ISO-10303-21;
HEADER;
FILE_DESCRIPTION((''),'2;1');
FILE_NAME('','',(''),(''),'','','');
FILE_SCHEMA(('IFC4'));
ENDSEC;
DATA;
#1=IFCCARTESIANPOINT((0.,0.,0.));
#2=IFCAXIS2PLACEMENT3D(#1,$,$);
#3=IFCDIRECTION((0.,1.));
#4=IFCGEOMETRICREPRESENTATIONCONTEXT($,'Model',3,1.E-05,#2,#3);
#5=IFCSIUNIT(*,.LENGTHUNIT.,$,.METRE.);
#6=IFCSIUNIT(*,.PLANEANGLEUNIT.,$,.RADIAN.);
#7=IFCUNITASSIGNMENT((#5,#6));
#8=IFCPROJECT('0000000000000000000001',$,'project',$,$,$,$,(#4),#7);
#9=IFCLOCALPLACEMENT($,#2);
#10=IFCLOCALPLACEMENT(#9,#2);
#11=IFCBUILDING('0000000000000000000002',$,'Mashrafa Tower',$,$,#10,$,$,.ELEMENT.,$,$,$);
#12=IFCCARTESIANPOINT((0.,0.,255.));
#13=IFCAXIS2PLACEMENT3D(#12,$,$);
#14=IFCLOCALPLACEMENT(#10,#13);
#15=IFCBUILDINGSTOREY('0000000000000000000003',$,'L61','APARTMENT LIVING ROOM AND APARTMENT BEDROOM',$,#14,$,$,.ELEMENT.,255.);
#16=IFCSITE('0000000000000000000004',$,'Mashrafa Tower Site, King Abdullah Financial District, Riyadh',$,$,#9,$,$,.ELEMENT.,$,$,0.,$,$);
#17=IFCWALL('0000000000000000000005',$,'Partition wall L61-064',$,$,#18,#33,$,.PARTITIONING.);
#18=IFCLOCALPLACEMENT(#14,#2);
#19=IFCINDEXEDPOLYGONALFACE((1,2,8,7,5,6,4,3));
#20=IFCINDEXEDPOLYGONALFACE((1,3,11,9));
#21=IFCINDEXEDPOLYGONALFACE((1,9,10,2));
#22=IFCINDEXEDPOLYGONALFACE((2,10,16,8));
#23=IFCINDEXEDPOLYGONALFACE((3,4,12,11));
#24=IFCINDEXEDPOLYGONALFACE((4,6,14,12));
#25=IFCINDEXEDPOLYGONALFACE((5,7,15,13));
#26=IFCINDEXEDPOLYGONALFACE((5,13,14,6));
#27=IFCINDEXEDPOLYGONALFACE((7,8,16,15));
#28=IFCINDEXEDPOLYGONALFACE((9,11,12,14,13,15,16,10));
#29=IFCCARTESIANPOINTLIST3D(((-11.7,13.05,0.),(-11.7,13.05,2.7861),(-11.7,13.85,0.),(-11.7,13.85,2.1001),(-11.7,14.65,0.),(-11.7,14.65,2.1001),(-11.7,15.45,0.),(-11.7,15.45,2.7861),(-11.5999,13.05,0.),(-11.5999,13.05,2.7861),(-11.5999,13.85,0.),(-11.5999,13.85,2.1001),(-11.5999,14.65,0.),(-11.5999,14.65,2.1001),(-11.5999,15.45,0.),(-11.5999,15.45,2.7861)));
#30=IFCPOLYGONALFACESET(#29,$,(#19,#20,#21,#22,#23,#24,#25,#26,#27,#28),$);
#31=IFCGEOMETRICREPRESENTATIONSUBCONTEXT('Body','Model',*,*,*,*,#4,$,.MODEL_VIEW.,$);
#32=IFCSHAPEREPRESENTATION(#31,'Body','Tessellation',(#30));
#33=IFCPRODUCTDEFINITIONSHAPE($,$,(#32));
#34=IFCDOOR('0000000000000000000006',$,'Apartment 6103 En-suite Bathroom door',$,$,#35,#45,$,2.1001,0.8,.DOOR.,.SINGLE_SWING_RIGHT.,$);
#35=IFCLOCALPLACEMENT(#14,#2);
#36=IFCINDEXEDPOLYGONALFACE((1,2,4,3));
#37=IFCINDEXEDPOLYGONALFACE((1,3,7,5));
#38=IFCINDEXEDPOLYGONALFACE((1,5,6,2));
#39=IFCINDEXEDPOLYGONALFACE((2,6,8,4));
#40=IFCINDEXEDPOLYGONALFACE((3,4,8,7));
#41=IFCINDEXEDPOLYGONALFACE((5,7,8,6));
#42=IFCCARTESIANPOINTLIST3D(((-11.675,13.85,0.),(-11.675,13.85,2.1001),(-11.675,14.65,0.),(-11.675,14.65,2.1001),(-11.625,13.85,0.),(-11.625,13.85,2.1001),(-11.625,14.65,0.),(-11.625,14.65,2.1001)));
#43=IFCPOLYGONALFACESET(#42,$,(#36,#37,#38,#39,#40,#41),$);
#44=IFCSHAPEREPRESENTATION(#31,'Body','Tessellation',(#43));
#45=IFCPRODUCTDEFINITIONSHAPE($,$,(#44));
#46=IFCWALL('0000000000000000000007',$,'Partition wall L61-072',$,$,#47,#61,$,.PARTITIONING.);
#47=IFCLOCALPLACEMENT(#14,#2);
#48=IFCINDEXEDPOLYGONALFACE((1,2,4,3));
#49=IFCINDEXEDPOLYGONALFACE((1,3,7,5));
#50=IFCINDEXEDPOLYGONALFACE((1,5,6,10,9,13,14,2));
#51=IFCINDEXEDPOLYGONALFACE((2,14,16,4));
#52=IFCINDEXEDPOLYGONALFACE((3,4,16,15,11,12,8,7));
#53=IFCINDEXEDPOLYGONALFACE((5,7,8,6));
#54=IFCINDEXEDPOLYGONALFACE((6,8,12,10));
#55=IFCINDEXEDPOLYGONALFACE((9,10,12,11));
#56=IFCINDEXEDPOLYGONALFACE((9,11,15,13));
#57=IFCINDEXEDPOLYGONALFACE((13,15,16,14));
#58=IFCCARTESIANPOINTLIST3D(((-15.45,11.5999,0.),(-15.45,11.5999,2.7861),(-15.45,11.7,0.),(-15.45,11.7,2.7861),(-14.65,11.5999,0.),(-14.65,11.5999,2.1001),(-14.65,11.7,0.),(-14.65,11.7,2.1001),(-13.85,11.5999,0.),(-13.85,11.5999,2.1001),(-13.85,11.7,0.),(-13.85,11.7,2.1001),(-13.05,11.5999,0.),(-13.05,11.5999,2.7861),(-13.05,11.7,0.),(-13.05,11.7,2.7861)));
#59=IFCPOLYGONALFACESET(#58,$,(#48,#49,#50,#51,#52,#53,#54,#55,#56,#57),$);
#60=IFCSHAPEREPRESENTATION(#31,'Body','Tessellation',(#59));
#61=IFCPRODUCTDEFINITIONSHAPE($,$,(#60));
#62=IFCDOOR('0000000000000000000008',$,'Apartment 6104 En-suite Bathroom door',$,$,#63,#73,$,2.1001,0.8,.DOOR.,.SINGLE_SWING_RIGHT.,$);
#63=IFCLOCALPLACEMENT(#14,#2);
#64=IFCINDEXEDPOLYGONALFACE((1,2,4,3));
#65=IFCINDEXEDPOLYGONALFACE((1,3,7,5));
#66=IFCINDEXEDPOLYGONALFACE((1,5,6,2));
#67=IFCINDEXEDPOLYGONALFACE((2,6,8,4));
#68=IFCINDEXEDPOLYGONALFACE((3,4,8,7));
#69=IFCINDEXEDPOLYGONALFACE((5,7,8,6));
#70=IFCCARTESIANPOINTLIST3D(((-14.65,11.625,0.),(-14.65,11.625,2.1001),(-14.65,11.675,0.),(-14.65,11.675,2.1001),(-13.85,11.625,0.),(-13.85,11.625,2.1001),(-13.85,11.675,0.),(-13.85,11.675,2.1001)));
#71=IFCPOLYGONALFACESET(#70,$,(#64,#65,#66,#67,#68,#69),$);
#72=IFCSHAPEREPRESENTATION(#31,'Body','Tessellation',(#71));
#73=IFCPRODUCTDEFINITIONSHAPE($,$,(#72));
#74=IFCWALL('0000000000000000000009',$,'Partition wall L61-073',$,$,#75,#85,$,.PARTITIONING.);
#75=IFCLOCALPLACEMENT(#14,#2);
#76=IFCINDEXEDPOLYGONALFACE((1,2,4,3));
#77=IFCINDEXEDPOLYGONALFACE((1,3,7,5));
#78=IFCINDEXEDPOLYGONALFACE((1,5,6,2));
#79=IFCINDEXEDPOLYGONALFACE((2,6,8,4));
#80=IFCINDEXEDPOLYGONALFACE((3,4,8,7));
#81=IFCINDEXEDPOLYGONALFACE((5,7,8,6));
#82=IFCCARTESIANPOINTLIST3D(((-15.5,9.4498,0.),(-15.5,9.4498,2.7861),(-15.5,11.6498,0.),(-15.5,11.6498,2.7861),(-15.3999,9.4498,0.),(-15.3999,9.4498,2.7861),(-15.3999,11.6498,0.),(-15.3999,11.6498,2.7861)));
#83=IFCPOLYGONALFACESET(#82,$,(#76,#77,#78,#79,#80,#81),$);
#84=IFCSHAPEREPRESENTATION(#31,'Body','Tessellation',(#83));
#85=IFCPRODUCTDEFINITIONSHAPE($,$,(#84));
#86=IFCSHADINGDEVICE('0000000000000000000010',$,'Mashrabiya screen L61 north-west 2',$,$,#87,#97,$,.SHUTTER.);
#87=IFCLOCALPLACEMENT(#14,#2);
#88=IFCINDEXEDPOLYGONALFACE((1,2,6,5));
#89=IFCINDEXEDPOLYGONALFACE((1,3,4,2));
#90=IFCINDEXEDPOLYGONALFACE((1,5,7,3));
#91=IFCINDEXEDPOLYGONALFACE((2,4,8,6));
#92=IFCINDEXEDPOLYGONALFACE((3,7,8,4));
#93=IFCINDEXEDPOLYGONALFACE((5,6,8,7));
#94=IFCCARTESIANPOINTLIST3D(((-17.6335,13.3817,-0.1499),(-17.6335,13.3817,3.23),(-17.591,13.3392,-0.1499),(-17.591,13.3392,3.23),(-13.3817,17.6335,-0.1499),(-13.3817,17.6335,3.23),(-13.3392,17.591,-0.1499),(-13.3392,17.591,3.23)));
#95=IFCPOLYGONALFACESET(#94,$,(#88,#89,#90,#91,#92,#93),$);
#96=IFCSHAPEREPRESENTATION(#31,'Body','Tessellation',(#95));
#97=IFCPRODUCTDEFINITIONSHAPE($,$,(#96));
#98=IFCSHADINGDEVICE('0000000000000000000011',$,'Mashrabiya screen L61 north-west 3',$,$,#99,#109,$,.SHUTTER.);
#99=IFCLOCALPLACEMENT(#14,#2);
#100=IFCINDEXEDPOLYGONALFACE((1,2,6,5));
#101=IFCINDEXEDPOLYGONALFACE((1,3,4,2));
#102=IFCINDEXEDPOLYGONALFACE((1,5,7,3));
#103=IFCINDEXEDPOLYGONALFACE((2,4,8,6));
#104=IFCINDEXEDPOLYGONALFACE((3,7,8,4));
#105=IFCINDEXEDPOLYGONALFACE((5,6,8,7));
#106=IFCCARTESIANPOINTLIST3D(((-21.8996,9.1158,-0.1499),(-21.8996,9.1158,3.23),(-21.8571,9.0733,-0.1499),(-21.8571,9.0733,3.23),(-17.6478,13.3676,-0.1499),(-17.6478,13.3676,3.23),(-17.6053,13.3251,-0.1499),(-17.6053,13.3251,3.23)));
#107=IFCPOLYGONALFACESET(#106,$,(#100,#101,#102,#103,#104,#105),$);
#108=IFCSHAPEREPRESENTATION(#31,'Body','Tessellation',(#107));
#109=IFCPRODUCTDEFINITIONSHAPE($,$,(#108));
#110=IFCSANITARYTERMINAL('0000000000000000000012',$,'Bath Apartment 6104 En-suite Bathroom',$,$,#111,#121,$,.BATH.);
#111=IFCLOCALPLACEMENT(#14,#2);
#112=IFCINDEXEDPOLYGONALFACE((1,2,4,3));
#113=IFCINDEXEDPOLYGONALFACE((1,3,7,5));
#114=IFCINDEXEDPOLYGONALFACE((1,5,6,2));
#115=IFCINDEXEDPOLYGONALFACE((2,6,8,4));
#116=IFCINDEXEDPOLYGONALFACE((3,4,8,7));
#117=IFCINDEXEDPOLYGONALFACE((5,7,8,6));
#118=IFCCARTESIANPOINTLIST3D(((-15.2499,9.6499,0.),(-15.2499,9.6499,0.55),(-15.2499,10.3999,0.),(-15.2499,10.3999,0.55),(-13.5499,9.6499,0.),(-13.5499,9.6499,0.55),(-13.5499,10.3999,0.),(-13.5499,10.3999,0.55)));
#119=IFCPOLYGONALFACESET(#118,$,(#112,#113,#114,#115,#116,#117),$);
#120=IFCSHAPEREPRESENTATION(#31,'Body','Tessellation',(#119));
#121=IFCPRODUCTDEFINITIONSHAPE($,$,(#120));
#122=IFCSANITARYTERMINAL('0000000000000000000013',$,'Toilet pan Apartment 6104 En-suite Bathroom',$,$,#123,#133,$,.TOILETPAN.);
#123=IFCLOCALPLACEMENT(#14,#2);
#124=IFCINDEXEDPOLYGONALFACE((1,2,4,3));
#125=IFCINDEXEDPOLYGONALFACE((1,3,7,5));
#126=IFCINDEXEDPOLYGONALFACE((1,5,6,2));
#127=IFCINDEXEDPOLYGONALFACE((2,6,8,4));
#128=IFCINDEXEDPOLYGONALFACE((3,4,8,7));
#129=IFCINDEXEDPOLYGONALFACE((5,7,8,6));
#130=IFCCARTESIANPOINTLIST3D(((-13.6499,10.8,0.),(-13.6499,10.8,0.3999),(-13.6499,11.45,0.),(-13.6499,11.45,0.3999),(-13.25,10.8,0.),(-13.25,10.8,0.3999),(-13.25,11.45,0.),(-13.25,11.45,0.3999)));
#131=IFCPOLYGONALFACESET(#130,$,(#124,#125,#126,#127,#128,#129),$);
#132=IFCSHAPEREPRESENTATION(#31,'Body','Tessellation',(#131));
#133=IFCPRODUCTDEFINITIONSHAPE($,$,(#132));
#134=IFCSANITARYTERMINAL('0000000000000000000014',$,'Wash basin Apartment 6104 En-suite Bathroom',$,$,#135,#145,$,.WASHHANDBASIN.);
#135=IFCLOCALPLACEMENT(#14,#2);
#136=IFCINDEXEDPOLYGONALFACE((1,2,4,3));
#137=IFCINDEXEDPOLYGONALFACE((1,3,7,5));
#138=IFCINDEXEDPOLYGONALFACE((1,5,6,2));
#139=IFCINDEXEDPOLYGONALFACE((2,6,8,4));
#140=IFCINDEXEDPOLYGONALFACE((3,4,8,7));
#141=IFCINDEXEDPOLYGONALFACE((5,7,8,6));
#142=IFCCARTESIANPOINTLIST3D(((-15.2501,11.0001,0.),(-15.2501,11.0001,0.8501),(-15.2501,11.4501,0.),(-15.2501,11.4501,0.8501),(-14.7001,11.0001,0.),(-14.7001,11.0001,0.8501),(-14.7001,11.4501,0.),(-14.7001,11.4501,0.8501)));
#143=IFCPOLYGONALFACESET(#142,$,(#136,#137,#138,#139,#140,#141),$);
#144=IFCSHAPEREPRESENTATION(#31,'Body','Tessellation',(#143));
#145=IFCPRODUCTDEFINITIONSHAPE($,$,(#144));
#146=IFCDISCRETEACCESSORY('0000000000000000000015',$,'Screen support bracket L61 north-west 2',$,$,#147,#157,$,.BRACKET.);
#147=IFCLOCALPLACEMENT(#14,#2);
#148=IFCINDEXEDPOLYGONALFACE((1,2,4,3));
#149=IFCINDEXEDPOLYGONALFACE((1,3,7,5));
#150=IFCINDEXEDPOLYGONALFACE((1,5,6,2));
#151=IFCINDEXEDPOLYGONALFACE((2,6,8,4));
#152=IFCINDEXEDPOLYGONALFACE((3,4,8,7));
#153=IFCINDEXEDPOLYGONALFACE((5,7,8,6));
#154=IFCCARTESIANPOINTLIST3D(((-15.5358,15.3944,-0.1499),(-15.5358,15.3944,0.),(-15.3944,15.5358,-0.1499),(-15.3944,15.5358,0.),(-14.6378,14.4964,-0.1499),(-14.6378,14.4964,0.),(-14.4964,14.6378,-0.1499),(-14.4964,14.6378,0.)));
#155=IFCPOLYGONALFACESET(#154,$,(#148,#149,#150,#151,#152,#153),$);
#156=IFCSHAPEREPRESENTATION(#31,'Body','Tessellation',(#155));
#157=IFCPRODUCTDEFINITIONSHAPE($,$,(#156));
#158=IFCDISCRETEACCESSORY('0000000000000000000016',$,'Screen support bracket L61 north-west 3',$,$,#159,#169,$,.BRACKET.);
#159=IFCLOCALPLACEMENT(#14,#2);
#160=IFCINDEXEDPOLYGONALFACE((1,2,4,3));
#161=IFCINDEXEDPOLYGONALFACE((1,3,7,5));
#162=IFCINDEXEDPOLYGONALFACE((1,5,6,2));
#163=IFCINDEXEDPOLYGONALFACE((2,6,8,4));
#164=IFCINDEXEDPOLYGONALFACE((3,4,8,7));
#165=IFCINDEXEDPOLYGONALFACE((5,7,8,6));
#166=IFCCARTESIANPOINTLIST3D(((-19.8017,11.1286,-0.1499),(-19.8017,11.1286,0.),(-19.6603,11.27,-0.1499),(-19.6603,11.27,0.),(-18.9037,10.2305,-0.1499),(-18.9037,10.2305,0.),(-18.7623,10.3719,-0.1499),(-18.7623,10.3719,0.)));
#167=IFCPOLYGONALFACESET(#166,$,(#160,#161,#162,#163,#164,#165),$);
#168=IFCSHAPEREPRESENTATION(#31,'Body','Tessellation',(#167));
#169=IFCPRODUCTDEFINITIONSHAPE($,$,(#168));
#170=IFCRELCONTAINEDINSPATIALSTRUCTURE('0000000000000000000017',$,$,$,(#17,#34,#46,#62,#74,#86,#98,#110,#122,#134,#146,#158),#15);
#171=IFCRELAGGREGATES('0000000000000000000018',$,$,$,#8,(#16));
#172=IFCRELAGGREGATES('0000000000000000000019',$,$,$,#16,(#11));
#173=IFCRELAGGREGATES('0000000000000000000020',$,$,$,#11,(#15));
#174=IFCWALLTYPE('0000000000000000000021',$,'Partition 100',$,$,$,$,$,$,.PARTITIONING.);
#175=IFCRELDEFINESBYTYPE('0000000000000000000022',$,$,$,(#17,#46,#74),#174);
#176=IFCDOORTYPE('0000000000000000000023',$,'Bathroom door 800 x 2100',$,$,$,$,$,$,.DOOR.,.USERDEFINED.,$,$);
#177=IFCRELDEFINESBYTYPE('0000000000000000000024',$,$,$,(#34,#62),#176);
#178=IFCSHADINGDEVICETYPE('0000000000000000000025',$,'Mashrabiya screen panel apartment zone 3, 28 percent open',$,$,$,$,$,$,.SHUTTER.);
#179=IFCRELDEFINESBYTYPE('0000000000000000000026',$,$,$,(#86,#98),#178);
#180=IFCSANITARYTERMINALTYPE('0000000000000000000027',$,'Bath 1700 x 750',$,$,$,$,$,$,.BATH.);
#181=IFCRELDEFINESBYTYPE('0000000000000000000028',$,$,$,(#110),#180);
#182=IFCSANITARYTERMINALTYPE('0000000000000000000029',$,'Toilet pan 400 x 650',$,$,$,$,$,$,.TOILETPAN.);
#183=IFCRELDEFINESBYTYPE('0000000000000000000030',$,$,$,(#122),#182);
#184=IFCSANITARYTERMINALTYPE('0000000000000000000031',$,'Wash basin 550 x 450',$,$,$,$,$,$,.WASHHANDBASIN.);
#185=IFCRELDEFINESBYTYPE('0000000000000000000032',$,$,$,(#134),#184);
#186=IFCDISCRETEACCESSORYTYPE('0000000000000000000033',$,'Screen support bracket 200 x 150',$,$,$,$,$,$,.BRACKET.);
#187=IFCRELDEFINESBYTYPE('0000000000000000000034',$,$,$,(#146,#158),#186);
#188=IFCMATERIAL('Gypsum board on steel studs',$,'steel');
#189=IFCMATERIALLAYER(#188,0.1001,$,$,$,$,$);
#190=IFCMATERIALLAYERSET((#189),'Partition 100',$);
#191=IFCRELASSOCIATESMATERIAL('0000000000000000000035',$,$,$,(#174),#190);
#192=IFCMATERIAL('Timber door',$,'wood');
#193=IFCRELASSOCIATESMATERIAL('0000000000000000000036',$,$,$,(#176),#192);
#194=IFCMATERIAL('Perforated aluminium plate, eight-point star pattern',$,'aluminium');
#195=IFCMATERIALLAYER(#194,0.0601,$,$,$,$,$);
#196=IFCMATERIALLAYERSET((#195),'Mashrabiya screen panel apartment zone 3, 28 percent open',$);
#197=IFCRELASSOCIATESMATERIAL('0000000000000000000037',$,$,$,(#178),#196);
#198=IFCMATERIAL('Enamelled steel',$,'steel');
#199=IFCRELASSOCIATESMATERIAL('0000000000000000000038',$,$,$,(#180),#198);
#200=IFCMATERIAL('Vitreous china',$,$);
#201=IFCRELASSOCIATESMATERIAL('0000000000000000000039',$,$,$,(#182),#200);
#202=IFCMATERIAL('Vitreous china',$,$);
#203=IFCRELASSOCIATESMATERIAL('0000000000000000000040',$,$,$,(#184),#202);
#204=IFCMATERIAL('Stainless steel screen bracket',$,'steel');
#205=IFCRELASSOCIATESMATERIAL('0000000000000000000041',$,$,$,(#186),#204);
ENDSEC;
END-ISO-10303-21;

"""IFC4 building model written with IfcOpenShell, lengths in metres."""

from ifc_helpers import new_model, si_unit, direction, frame, frame_2d, origin, origin_2d, place, context, subcontext, project, spatial, rectangle, extrude, source, transform, mapped, material, layer, layer_set, type_object, type_shapes, element, fill, save


model = new_model("IFC4")

# Units and contexts
model_context = context("Model", 3, precision=1e-05, world=origin(), true_north=direction((0.0, 1.0)))
body_context = subcontext(model_context, "Body", "Model", "MODEL_VIEW")
ifc_project = project(units=[si_unit("LENGTHUNIT", "METRE"), si_unit("PLANEANGLEUNIT", "RADIAN")], contexts=[model_context])

# Site, building, storey
site_placement = place(None, origin())
site = spatial("IfcSite", under=ifc_project, at=site_placement, Name="Mashrafa Tower Site, King Abdullah Financial District, Riyadh", CompositionType="ELEMENT", RefElevation=0.0)
building_placement = place(site_placement, origin())
building = spatial("IfcBuilding", under=site, at=building_placement, Name="Mashrafa Tower", CompositionType="ELEMENT")
storey_placement = place(building_placement, frame((0.0, 0.0, 255.0)))
storey = spatial("IfcBuildingStorey", under=building, at=storey_placement, Name="L61", Description="APARTMENT LIVING ROOM AND APARTMENT BEDROOM", CompositionType="ELEMENT", Elevation=255.0)

# Walls, openings, doors
ifc_material_1 = material(Name="Gypsum board on steel studs", Category="steel")
ifc_layer_1 = layer(ifc_material_1, 0.1001)
ifc_layer_set_1 = layer_set([ifc_layer_1], Name="Partition 100")
wall_type_1 = type_object("IfcWallType", Name="Partition 100", PredefinedType="PARTITIONING", material=ifc_layer_set_1)
wall_1_placement = place(storey_placement, frame((-11.6499, 15.45, 0.0), z_axis=(0.0, 0.0, 1.0), x_axis=(0.0, -1.0, 0.0)))
wall_1 = element("IfcWall", 1, at=wall_1_placement, inside=storey, type_object=wall_type_1, Name="Partition wall L61-064", PredefinedType="PARTITIONING", context=body_context, shape_type="SweptSolid", body=[
    extrude(rectangle(XDim=2.3999, YDim=0.1001, at=frame_2d((1.2, 0.0))), origin(), (0.0, 0.0, 1.0), 2.7861),
])
opening_1_placement = place(wall_1_placement, frame((0.8, 0.0, 0.0)))
opening_1 = element("IfcOpeningElement", 2, at=opening_1_placement, cuts=wall_1, PredefinedType="OPENING", context=body_context, shape_type="SweptSolid", body=[
    extrude(rectangle(XDim=0.8, YDim=2.1001, at=frame_2d((0.3999, 1.05))), frame((0.0, 0.0601, 0.0), z_axis=(0.0, -1.0, 0.0), x_axis=(1.0, 0.0, 0.0)), (0.0, 0.0, 1.0), 0.1201),
])
ifc_material_2 = material(Name="Timber door", Category="wood")
door_type = type_object("IfcDoorType", Name="Bathroom door 800 x 2100", OperationType="USERDEFINED", PredefinedType="DOOR", material=ifc_material_2)
door_1_placement = place(opening_1_placement, origin())
door_1 = element("IfcDoor", 3, at=door_1_placement, inside=storey, type_object=door_type, Name="Apartment 6103 En-suite Bathroom door", OperationType="SINGLE_SWING_RIGHT", OverallHeight=2.1001, OverallWidth=0.8, PredefinedType="DOOR", context=body_context, shape_type="SweptSolid", body=[
    extrude(rectangle(XDim=0.8, YDim=2.1001, at=frame_2d((0.3999, 1.05))), frame((0.0, 0.0249, 0.0), z_axis=(0.0, -1.0, 0.0), x_axis=(1.0, 0.0, 0.0)), (0.0, 0.0, 1.0), 0.05),
])
fill(opening_1, door_1)
wall_2_placement = place(storey_placement, frame((-13.05, 11.6499, 0.0), z_axis=(0.0, 0.0, 1.0), x_axis=(-1.0, 0.0, 0.0)))
wall_2 = element("IfcWall", 4, at=wall_2_placement, inside=storey, type_object=wall_type_1, Name="Partition wall L61-072", PredefinedType="PARTITIONING", context=body_context, shape_type="SweptSolid", body=[
    extrude(rectangle(XDim=2.3999, YDim=0.1001, at=frame_2d((1.2, 0.0))), origin(), (0.0, 0.0, 1.0), 2.7861),
])
opening_2_placement = place(wall_2_placement, frame((0.8, 0.0, 0.0)))
opening_2 = element("IfcOpeningElement", 5, at=opening_2_placement, cuts=wall_2, PredefinedType="OPENING", context=body_context, shape_type="SweptSolid", body=[
    extrude(rectangle(XDim=0.8, YDim=2.1001, at=frame_2d((0.3999, 1.05))), frame((0.0, 0.0601, 0.0), z_axis=(0.0, -1.0, 0.0), x_axis=(1.0, 0.0, 0.0)), (0.0, 0.0, 1.0), 0.1201),
])
door_2_placement = place(opening_2_placement, origin())
door_2 = element("IfcDoor", 6, at=door_2_placement, inside=storey, type_object=door_type, Name="Apartment 6104 En-suite Bathroom door", OperationType="SINGLE_SWING_RIGHT", OverallHeight=2.1001, OverallWidth=0.8, PredefinedType="DOOR", context=body_context, shape_type="SweptSolid", body=[
    extrude(rectangle(XDim=0.8, YDim=2.1001, at=frame_2d((0.3999, 1.05))), frame((0.0, 0.0249, 0.0), z_axis=(0.0, -1.0, 0.0), x_axis=(1.0, 0.0, 0.0)), (0.0, 0.0, 1.0), 0.05),
])
fill(opening_2, door_2)

# Wall
wall_3_placement = place(storey_placement, frame((-15.45, 11.6499, 0.0), z_axis=(0.0, 0.0, 1.0), x_axis=(0.0, -1.0, 0.0)))
element("IfcWall", 7, at=wall_3_placement, inside=storey, type_object=wall_type_1, Name="Partition wall L61-073", PredefinedType="PARTITIONING", context=body_context, shape_type="SweptSolid", body=[
    extrude(rectangle(XDim=2.2, YDim=0.1001, at=frame_2d((1.1001, 0.0))), origin(), (0.0, 0.0, 1.0), 2.7861),
])

# Shading devices
ifc_material_3 = material(Name="Perforated aluminium plate, eight-point star pattern", Category="aluminium")
ifc_layer_2 = layer(ifc_material_3, 0.0601)
ifc_layer_set_2 = layer_set([ifc_layer_2], Name="Mashrabiya screen panel apartment zone 3, 28 percent open")
shading_device_type = type_object("IfcShadingDeviceType", Name="Mashrabiya screen panel apartment zone 3, 28 percent open", PredefinedType="SHUTTER", material=ifc_layer_set_2)
shared_shape_1 = source(origin(), body_context, "Body", "SweptSolid", [
    extrude(rectangle(XDim=6.0129, YDim=0.0601, at=origin_2d()), origin(), (0.0, 0.0, 1.0), 3.3799),
])
type_shapes(shading_device_type, [shared_shape_1])
for number, where, z_axis, x_axis, name in (
    (8, (-15.4863, 15.4863, -0.1499), (0.0, 0.0, 1.0), (-0.707107, -0.707107, 0.0), "Mashrabiya screen L61 north-west 2"),
    (9, (-19.7524, 11.2205, -0.1499), (0.0, 0.0, 1.0), (-0.707107, -0.707107, 0.0), "Mashrabiya screen L61 north-west 3"),
):
    element("IfcShadingDevice", number, at=place(storey_placement, frame(where, z_axis=z_axis, x_axis=x_axis)), inside=storey, type_object=shading_device_type, Name=name, PredefinedType="SHUTTER", context=body_context, shape_type="MappedRepresentation", body=[
        mapped(shared_shape_1, transform((0.0, 0.0, 0.0))),
    ])

# Sanitary terminals
ifc_material_4 = material(Name="Enamelled steel", Category="steel")
sanitary_terminal_type_1 = type_object("IfcSanitaryTerminalType", Name="Bath 1700 x 750", PredefinedType="BATH", material=ifc_material_4)
sanitary_terminal_1_placement = place(storey_placement, frame((-14.3999, 10.0249, 0.0), z_axis=(0.0, 0.0, 1.0), x_axis=(1.0, 0.0, 0.0)))
element("IfcSanitaryTerminal", 10, at=sanitary_terminal_1_placement, inside=storey, type_object=sanitary_terminal_type_1, Name="Bath Apartment 6104 En-suite Bathroom", PredefinedType="BATH", context=body_context, shape_type="SweptSolid", body=[
    extrude(rectangle(XDim=1.7, YDim=0.75, at=origin_2d()), origin(), (0.0, 0.0, 1.0), 0.55),
])
ifc_material_5 = material(Name="Vitreous china")
sanitary_terminal_type_2 = type_object("IfcSanitaryTerminalType", Name="Toilet pan 400 x 650", PredefinedType="TOILETPAN", material=ifc_material_5)
sanitary_terminal_2_placement = place(storey_placement, frame((-13.45, 11.125, 0.0), z_axis=(0.0, 0.0, 1.0), x_axis=(-1.0, 0.0, 0.0)))
element("IfcSanitaryTerminal", 11, at=sanitary_terminal_2_placement, inside=storey, type_object=sanitary_terminal_type_2, Name="Toilet pan Apartment 6104 En-suite Bathroom", PredefinedType="TOILETPAN", context=body_context, shape_type="SweptSolid", body=[
    extrude(rectangle(XDim=0.3999, YDim=0.6499, at=origin_2d()), origin(), (0.0, 0.0, 1.0), 0.3999),
])
ifc_material_6 = material(Name="Vitreous china")
sanitary_terminal_type_3 = type_object("IfcSanitaryTerminalType", Name="Wash basin 550 x 450", PredefinedType="WASHHANDBASIN", material=ifc_material_6)
sanitary_terminal_3_placement = place(storey_placement, frame((-14.9751, 11.2251, 0.0), z_axis=(0.0, 0.0, 1.0), x_axis=(-1.0, 0.0, 0.0)))
element("IfcSanitaryTerminal", 12, at=sanitary_terminal_3_placement, inside=storey, type_object=sanitary_terminal_type_3, Name="Wash basin Apartment 6104 En-suite Bathroom", PredefinedType="WASHHANDBASIN", context=body_context, shape_type="SweptSolid", body=[
    extrude(rectangle(XDim=0.55, YDim=0.45, at=origin_2d()), origin(), (0.0, 0.0, 1.0), 0.8501),
])

# Discrete accessories
ifc_material_7 = material(Name="Stainless steel screen bracket", Category="steel")
discrete_accessory_type = type_object("IfcDiscreteAccessoryType", Name="Screen support bracket 200 x 150", PredefinedType="BRACKET", material=ifc_material_7)
shared_shape_2 = source(origin(), body_context, "Body", "SweptSolid", [
    extrude(rectangle(XDim=0.2, YDim=1.27, at=origin_2d()), origin(), (0.0, 0.0, 1.0), 0.1499),
])
type_shapes(discrete_accessory_type, [shared_shape_2])
for number, where, z_axis, x_axis, name in (
    (13, (-15.0161, 15.0161, -0.1499), (0.0, 0.0, 1.0), (-0.707107, -0.707107, 0.0), "Screen support bracket L61 north-west 2"),
    (14, (-19.282, 10.7502, -0.1499), (0.0, 0.0, 1.0), (-0.707107, -0.707107, 0.0), "Screen support bracket L61 north-west 3"),
):
    element("IfcDiscreteAccessory", number, at=place(storey_placement, frame(where, z_axis=z_axis, x_axis=x_axis)), inside=storey, type_object=discrete_accessory_type, Name=name, PredefinedType="BRACKET", context=body_context, shape_type="MappedRepresentation", body=[
        mapped(shared_shape_2, transform((0.0, 0.0, 0.0))),
    ])

save(model, "model.ifc")
